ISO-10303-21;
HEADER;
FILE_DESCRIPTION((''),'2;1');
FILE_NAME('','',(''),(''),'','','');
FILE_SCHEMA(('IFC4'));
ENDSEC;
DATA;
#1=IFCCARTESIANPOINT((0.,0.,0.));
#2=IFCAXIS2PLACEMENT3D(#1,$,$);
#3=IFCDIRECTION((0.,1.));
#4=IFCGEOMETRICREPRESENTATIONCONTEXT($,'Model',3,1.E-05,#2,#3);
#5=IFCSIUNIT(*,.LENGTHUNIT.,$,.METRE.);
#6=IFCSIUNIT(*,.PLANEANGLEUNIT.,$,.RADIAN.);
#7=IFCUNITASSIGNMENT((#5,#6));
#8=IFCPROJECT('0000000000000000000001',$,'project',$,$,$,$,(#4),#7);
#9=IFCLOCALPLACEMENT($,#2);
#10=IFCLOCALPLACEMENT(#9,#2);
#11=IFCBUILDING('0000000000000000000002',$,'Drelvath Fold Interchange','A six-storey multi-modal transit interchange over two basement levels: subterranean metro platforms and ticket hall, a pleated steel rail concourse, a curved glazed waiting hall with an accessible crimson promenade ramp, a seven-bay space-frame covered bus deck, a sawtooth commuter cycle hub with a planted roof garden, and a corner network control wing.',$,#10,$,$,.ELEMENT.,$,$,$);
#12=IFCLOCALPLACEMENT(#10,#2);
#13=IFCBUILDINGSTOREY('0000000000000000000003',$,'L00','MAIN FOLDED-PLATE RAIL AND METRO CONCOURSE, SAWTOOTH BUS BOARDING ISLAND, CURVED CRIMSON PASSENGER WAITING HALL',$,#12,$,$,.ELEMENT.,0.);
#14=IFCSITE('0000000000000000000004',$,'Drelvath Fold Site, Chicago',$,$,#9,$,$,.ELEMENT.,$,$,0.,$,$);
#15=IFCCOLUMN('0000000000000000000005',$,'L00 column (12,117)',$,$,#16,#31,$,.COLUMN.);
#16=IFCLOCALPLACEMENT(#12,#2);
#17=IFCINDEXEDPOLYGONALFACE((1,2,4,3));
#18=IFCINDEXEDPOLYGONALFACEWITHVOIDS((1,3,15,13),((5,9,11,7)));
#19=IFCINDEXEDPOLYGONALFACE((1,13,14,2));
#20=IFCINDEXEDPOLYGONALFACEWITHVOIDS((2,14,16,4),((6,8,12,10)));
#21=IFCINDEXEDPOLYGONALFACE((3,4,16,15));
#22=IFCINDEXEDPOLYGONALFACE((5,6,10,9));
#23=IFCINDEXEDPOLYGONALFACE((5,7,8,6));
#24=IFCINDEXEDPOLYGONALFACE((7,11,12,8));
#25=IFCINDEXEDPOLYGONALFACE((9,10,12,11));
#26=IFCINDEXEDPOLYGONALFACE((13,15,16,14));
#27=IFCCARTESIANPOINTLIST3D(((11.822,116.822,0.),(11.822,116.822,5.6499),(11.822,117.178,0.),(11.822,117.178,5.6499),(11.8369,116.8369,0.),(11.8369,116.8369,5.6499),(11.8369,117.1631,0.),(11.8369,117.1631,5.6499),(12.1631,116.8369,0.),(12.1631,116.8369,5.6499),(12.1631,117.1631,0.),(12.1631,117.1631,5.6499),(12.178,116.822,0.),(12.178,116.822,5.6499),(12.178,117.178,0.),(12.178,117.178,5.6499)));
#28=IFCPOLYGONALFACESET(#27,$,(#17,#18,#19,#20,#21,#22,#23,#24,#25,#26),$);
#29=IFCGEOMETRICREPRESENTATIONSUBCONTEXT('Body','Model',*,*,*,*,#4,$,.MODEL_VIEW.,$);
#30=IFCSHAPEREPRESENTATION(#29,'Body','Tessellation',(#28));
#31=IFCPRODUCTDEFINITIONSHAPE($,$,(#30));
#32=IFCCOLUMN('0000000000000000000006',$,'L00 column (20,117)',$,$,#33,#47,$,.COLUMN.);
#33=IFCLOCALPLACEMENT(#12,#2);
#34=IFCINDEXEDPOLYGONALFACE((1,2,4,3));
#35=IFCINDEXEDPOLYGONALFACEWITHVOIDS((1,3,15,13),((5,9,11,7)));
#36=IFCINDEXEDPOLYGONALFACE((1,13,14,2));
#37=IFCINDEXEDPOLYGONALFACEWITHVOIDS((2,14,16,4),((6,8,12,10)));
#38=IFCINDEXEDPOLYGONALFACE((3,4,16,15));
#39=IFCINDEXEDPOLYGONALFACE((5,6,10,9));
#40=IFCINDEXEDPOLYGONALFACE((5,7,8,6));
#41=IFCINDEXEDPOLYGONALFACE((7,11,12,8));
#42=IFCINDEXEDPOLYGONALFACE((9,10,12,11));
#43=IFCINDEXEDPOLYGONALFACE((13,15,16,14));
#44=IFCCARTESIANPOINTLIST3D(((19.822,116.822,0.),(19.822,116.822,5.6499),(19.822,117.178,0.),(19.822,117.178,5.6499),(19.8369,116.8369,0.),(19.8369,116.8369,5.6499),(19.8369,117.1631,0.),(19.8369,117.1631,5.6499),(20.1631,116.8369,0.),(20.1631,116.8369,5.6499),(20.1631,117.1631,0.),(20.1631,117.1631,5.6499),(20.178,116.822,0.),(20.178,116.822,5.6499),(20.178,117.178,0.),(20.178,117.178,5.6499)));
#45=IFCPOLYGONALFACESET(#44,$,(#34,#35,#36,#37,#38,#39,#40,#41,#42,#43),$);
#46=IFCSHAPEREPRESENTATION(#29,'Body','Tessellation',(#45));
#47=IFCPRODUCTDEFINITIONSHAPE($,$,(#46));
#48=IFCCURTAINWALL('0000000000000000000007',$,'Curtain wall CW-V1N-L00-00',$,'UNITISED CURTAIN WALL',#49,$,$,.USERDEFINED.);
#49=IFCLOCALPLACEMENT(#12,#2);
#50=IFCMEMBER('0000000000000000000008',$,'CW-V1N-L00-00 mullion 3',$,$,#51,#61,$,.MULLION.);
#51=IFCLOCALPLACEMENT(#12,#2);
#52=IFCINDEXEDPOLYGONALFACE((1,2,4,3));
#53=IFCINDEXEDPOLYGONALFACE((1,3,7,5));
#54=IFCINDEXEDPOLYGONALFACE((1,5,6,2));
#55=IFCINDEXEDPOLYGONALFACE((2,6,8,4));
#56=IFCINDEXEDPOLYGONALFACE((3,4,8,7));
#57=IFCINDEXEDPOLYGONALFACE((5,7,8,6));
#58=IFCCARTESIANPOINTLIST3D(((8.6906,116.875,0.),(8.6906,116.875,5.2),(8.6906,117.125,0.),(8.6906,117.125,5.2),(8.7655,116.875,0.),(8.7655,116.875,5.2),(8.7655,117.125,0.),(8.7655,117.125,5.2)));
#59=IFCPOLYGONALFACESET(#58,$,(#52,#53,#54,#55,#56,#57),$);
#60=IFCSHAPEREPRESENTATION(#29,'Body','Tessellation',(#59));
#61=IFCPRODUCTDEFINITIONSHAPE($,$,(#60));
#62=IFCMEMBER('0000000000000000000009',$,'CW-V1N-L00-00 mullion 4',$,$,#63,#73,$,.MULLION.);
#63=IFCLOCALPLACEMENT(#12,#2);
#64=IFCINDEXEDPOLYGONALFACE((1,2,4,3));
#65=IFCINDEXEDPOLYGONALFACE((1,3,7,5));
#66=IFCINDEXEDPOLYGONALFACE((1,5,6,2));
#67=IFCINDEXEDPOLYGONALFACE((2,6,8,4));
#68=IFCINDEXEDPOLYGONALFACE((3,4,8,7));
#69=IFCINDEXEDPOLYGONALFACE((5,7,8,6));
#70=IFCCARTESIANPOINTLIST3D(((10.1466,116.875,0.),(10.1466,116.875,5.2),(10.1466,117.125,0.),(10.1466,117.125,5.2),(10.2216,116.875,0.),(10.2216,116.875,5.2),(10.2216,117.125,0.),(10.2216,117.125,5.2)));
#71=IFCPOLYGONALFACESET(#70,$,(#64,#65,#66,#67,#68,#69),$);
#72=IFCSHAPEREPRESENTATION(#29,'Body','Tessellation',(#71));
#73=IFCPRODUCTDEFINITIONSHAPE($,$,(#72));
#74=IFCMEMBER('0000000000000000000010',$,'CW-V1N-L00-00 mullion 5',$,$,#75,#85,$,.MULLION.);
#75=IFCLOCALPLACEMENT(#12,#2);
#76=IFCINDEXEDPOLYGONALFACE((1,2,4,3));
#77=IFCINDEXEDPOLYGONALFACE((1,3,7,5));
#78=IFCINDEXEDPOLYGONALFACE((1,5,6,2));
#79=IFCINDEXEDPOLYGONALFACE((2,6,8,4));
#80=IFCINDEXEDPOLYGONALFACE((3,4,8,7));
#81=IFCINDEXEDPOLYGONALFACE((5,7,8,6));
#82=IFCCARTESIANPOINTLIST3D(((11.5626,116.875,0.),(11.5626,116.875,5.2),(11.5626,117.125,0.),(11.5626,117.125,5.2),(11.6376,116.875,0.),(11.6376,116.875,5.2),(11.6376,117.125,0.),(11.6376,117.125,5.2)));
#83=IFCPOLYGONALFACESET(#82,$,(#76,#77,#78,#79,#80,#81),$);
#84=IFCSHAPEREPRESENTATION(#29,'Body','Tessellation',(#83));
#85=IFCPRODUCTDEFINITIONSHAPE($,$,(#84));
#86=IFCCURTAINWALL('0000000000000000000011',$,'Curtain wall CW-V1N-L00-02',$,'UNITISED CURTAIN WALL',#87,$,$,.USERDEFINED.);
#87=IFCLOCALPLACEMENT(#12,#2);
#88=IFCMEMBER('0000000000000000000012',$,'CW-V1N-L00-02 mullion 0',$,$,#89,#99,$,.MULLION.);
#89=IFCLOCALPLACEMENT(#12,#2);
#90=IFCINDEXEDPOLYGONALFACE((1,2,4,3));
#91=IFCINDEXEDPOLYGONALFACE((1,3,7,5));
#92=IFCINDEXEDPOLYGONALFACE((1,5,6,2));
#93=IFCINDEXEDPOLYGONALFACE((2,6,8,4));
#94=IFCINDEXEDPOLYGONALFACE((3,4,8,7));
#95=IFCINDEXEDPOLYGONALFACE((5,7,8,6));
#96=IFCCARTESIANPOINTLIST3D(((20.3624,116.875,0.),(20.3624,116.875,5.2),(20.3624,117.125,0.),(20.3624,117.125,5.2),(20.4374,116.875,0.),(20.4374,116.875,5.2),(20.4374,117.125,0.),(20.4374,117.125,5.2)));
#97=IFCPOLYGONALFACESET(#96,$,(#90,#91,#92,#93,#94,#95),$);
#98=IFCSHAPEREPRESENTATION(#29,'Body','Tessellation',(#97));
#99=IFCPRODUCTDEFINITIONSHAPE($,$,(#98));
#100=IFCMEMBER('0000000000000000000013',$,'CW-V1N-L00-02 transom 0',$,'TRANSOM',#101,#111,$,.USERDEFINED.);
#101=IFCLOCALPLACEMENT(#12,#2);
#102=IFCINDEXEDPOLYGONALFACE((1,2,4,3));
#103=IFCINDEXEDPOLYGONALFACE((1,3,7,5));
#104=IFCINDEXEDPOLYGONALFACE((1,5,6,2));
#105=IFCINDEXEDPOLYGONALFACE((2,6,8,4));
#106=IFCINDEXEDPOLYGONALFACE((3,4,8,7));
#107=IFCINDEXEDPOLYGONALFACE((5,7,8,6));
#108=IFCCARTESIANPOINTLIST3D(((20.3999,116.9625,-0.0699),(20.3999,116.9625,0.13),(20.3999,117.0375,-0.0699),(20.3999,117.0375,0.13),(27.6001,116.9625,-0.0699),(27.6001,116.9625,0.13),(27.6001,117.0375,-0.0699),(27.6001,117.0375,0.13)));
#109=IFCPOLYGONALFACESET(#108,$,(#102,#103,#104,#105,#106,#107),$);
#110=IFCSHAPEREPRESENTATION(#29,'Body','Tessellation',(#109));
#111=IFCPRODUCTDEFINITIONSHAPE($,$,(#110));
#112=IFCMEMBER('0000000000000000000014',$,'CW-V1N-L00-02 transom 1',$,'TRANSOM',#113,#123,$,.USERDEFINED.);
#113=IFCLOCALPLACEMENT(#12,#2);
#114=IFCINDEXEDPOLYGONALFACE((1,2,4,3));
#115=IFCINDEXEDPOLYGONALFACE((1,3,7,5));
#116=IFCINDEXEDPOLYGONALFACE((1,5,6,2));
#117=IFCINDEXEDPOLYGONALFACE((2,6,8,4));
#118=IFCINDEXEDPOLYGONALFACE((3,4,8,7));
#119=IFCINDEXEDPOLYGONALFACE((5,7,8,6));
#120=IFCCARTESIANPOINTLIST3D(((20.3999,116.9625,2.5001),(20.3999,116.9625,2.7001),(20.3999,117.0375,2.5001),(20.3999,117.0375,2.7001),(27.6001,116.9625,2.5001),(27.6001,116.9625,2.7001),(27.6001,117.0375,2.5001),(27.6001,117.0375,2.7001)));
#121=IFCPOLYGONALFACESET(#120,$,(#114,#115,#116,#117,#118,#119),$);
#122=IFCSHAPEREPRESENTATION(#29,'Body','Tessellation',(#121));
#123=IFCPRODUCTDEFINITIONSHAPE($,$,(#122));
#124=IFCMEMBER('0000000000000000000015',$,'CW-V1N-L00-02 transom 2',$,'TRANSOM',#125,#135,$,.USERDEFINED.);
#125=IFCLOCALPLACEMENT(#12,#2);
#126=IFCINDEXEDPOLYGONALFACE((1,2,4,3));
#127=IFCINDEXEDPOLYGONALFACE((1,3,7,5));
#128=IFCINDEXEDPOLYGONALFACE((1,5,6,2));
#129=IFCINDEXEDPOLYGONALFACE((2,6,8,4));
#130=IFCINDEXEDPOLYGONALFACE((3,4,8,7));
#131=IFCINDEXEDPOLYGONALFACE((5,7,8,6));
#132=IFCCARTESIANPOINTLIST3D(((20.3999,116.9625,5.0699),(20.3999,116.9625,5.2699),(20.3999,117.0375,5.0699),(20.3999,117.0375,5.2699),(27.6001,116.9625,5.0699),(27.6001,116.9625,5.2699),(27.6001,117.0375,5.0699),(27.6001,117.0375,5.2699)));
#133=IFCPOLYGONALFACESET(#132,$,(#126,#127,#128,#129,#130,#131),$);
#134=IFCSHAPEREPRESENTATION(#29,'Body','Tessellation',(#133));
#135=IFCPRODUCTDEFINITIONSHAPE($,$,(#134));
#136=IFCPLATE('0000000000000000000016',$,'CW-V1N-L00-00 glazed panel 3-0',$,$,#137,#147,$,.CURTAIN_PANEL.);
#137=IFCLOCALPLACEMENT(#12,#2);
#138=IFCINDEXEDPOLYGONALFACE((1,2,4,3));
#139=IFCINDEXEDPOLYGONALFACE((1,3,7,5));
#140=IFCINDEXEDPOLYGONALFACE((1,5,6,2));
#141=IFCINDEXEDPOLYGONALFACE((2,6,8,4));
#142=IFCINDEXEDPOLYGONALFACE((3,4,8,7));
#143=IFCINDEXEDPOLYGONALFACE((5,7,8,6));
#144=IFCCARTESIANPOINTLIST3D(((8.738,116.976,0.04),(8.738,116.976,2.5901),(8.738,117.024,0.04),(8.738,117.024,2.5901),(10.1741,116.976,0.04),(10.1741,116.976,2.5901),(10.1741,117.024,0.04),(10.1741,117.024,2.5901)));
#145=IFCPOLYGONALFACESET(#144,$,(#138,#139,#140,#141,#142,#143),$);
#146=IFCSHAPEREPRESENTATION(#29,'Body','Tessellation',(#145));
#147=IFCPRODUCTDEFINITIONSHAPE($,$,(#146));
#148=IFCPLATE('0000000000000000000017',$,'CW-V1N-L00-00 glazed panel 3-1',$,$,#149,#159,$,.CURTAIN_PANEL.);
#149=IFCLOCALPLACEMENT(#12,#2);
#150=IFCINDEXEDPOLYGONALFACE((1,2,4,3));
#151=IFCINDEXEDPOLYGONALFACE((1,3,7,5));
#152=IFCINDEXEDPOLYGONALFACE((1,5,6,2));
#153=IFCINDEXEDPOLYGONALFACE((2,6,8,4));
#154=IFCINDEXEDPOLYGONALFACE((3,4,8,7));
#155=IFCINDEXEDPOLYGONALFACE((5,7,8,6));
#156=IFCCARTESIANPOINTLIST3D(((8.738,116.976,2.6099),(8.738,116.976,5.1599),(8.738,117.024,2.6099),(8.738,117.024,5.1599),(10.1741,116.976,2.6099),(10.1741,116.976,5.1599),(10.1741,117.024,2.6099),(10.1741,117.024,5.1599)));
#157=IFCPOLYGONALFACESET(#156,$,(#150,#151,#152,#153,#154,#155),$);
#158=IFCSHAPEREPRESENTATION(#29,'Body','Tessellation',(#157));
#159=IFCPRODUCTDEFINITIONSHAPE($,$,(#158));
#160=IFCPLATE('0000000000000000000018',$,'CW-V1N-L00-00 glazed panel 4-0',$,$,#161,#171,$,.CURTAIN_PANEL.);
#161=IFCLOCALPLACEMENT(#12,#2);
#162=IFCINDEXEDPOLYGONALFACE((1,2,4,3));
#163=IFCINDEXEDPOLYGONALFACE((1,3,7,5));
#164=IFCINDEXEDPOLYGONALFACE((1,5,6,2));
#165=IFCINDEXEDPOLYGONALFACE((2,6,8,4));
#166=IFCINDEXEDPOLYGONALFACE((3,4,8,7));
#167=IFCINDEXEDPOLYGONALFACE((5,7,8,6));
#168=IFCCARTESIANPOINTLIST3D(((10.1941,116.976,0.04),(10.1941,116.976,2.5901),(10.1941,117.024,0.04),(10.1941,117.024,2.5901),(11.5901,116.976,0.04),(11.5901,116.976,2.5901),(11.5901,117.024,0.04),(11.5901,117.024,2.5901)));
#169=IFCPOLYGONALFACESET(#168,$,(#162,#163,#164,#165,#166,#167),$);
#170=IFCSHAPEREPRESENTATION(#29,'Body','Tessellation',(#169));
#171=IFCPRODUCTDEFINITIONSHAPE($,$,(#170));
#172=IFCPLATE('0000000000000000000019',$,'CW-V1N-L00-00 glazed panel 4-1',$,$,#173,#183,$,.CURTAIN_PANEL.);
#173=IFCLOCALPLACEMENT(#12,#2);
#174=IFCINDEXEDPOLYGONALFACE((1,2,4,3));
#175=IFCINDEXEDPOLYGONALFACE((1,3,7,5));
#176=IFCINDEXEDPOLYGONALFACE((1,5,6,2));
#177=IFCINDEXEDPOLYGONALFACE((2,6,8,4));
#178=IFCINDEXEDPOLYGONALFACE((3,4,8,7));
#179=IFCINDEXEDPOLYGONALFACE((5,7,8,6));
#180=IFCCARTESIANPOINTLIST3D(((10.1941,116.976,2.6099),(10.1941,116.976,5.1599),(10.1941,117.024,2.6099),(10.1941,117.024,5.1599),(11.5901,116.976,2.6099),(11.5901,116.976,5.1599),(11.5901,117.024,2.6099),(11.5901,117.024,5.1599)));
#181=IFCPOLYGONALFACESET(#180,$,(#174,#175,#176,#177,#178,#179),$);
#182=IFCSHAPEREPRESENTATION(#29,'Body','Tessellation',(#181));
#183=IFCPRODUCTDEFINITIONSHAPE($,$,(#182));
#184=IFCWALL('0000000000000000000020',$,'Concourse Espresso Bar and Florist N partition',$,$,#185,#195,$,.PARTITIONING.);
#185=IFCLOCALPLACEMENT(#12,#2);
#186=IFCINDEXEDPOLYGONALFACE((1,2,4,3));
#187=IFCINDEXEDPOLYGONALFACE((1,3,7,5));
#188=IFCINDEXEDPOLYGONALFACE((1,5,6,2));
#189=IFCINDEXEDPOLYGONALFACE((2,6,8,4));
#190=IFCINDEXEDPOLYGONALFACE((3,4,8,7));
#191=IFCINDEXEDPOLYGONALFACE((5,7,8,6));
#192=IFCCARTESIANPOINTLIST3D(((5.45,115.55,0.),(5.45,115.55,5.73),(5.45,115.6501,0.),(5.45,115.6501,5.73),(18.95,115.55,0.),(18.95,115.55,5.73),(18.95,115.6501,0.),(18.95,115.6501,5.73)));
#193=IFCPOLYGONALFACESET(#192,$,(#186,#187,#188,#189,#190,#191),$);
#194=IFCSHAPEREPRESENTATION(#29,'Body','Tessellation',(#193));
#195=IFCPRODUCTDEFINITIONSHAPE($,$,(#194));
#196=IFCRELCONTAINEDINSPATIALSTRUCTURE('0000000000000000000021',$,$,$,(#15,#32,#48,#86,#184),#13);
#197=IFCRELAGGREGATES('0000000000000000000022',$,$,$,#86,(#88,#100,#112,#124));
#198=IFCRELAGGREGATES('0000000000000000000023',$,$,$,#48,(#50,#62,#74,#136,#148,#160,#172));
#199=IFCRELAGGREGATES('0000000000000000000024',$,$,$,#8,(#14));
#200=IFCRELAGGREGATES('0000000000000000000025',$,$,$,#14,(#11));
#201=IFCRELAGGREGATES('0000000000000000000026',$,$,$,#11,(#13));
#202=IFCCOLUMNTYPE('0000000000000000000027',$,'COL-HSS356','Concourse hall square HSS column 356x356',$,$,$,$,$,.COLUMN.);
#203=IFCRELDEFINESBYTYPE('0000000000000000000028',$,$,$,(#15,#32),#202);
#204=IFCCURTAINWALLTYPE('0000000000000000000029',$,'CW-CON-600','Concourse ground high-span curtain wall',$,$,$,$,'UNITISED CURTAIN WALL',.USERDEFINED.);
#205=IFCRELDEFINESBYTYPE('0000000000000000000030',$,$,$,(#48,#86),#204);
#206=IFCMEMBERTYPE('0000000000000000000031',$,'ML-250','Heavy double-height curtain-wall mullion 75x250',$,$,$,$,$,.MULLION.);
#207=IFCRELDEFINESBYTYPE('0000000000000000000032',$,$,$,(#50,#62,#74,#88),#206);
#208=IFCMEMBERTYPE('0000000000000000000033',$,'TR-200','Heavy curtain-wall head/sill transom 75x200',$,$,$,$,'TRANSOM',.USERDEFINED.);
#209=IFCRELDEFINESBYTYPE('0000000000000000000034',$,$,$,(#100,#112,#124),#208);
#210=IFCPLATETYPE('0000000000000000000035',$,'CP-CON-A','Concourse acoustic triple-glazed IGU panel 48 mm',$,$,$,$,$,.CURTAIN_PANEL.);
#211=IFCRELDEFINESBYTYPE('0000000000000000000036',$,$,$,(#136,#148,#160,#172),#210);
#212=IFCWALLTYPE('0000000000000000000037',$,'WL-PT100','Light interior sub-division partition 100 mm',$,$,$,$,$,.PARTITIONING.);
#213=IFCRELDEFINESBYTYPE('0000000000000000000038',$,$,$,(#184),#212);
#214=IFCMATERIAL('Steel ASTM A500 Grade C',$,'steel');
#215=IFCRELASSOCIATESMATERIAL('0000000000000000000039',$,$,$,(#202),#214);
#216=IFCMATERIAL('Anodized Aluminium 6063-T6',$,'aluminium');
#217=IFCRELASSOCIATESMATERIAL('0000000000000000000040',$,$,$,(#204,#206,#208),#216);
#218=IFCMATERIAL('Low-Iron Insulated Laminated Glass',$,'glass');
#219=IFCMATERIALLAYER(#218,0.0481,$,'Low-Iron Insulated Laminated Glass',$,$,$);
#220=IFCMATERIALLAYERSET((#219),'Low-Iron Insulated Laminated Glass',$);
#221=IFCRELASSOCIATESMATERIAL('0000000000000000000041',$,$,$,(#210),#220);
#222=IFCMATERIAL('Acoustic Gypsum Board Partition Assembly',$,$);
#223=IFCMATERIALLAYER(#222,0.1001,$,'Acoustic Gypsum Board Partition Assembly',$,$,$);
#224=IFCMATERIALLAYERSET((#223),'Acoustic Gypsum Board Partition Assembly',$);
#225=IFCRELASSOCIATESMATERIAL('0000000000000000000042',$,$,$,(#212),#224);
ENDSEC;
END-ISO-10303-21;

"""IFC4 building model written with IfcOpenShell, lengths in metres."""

from ifc_helpers import new_model, si_unit, direction, frame, frame_2d, origin, origin_2d, place, context, subcontext, project, spatial, rectangle, hollow_rectangle, extrude, material, layer, layer_set, material_profile, profile_set, type_object, element, aggregate, save


model = new_model("IFC4")

# Units and contexts
model_context = context("Model", 3, precision=1e-05, world=origin(), true_north=direction((0.0, 1.0)))
body_context = subcontext(model_context, "Body", "Model", "MODEL_VIEW")
ifc_project = project(units=[si_unit("LENGTHUNIT", "METRE"), si_unit("PLANEANGLEUNIT", "RADIAN")], contexts=[model_context])

# Site, building, storey
site_placement = place(None, origin())
site = spatial("IfcSite", under=ifc_project, at=site_placement, Name="Drelvath Fold Site, Chicago", CompositionType="ELEMENT", RefElevation=0.0)
building_placement = place(site_placement, origin())
building = spatial("IfcBuilding", under=site, at=building_placement, Name="Drelvath Fold Interchange", Description="A six-storey multi-modal transit interchange over two basement levels: subterranean metro platforms and ticket hall, a pleated steel rail concourse, a curved glazed waiting hall with an accessible crimson promenade ramp, a seven-bay space-frame covered bus deck, a sawtooth commuter cycle hub with a planted roof garden, and a corner network control wing.", CompositionType="ELEMENT")
storey_placement = place(building_placement, origin())
storey = spatial("IfcBuildingStorey", under=building, at=storey_placement, Name="L00", Description="MAIN FOLDED-PLATE RAIL AND METRO CONCOURSE, SAWTOOTH BUS BOARDING ISLAND, CURVED CRIMSON PASSENGER WAITING HALL", CompositionType="ELEMENT", Elevation=0.0)

# Columns
ifc_material_1 = material(Name="Steel ASTM A500 Grade C", Category="steel")
ifc_material_profile_1 = material_profile(ifc_material_1, hollow_rectangle(XDim=0.356, YDim=0.356, WallThickness=0.0149, at=origin_2d()), Name="HSS14X14X5/8")
ifc_profile_set_1 = profile_set([ifc_material_profile_1], Name="Steel ASTM A500 Grade C")
column_type = type_object("IfcColumnType", Name="COL-HSS356", Description="Concourse hall square HSS column 356x356", PredefinedType="COLUMN", material=ifc_profile_set_1)
for number, where, z_axis, x_axis, name in (
    (1, (12.0, 117.0, 0.0), (0.0, 0.0, 1.0), (1.0, 0.0, 0.0), "L00 column (12,117)"),
    (2, (20.0, 117.0, 0.0), (0.0, 0.0, 1.0), (1.0, 0.0, 0.0), "L00 column (20,117)"),
):
    element("IfcColumn", number, at=place(storey_placement, frame(where, z_axis=z_axis, x_axis=x_axis)), inside=storey, type_object=column_type, Name=name, PredefinedType="COLUMN", context=body_context, shape_type="SweptSolid", body=[
        extrude(hollow_rectangle(XDim=0.356, YDim=0.356, WallThickness=0.0149, at=origin_2d()), origin(), (0.0, 0.0, 1.0), 5.6499),
    ])

# Curtain walls, members
ifc_material_2 = material(Name="Anodized Aluminium 6063-T6", Category="aluminium")
curtain_wall_type = type_object("IfcCurtainWallType", Name="CW-CON-600", Description="Concourse ground high-span curtain wall", ElementType="UNITISED CURTAIN WALL", PredefinedType="USERDEFINED", material=ifc_material_2)
curtain_wall_1_placement = place(storey_placement, origin())
curtain_wall_1 = element("IfcCurtainWall", 3, at=curtain_wall_1_placement, inside=storey, type_object=curtain_wall_type, Name="Curtain wall CW-V1N-L00-00", ObjectType="UNITISED CURTAIN WALL", PredefinedType="USERDEFINED")
ifc_material_profile_2 = material_profile(ifc_material_2, rectangle(XDim=0.075, YDim=0.25, at=origin_2d()), Name="AL-M 75x250")
ifc_profile_set_2 = profile_set([ifc_material_profile_2], Name="Anodized Aluminium 6063-T6")
member_type_1 = type_object("IfcMemberType", Name="ML-250", Description="Heavy double-height curtain-wall mullion 75x250", PredefinedType="MULLION", material=ifc_profile_set_2)
member_1_placement = place(storey_placement, frame((8.728, 117.0, 0.0), z_axis=(0.0, 0.0, 1.0), x_axis=(1.0, 0.0, 0.0)))
member_1 = element("IfcMember", 4, at=member_1_placement, type_object=member_type_1, Name="CW-V1N-L00-00 mullion 3", PredefinedType="MULLION", context=body_context, shape_type="SweptSolid", body=[
    extrude(rectangle(XDim=0.075, YDim=0.25, at=origin_2d()), origin(), (0.0, 0.0, 1.0), 5.2),
])
member_2_placement = place(storey_placement, frame((10.1841, 117.0, 0.0), z_axis=(0.0, 0.0, 1.0), x_axis=(1.0, 0.0, 0.0)))
member_2 = element("IfcMember", 5, at=member_2_placement, type_object=member_type_1, Name="CW-V1N-L00-00 mullion 4", PredefinedType="MULLION", context=body_context, shape_type="SweptSolid", body=[
    extrude(rectangle(XDim=0.075, YDim=0.25, at=origin_2d()), origin(), (0.0, 0.0, 1.0), 5.2),
])
member_3_placement = place(storey_placement, frame((11.6001, 117.0, 0.0), z_axis=(0.0, 0.0, 1.0), x_axis=(1.0, 0.0, 0.0)))
member_3 = element("IfcMember", 6, at=member_3_placement, type_object=member_type_1, Name="CW-V1N-L00-00 mullion 5", PredefinedType="MULLION", context=body_context, shape_type="SweptSolid", body=[
    extrude(rectangle(XDim=0.075, YDim=0.25, at=origin_2d()), origin(), (0.0, 0.0, 1.0), 5.2),
])
curtain_wall_2_placement = place(storey_placement, origin())
curtain_wall_2 = element("IfcCurtainWall", 7, at=curtain_wall_2_placement, inside=storey, type_object=curtain_wall_type, Name="Curtain wall CW-V1N-L00-02", ObjectType="UNITISED CURTAIN WALL", PredefinedType="USERDEFINED")
member_4_placement = place(storey_placement, frame((20.3999, 117.0, 0.0), z_axis=(0.0, 0.0, 1.0), x_axis=(1.0, 0.0, 0.0)))
member_4 = element("IfcMember", 8, at=member_4_placement, type_object=member_type_1, Name="CW-V1N-L00-02 mullion 0", PredefinedType="MULLION", context=body_context, shape_type="SweptSolid", body=[
    extrude(rectangle(XDim=0.075, YDim=0.25, at=origin_2d()), origin(), (0.0, 0.0, 1.0), 5.2),
])
ifc_material_profile_3 = material_profile(ifc_material_2, rectangle(XDim=0.075, YDim=0.2, at=origin_2d()), Name="AL-T 75x200")
ifc_profile_set_3 = profile_set([ifc_material_profile_3], Name="Anodized Aluminium 6063-T6")
member_type_2 = type_object("IfcMemberType", Name="TR-200", Description="Heavy curtain-wall head/sill transom 75x200", ElementType="TRANSOM", PredefinedType="USERDEFINED", material=ifc_profile_set_3)
member_5_placement = place(storey_placement, frame((20.3999, 117.0, 0.03), z_axis=(1.0, 0.0, 0.0), x_axis=(0.0, 1.0, 0.0)))
member_5 = element("IfcMember", 9, at=member_5_placement, type_object=member_type_2, Name="CW-V1N-L00-02 transom 0", ObjectType="TRANSOM", PredefinedType="USERDEFINED", context=body_context, shape_type="SweptSolid", body=[
    extrude(rectangle(XDim=0.075, YDim=0.2, at=origin_2d()), origin(), (0.0, 0.0, 1.0), 7.2002),
])
member_6_placement = place(storey_placement, frame((20.3999, 117.0, 2.6001), z_axis=(1.0, 0.0, 0.0), x_axis=(0.0, 1.0, 0.0)))
member_6 = element("IfcMember", 10, at=member_6_placement, type_object=member_type_2, Name="CW-V1N-L00-02 transom 1", ObjectType="TRANSOM", PredefinedType="USERDEFINED", context=body_context, shape_type="SweptSolid", body=[
    extrude(rectangle(XDim=0.075, YDim=0.2, at=origin_2d()), origin(), (0.0, 0.0, 1.0), 7.2002),
])
member_7_placement = place(storey_placement, frame((20.3999, 117.0, 5.1699), z_axis=(1.0, 0.0, 0.0), x_axis=(0.0, 1.0, 0.0)))
member_7 = element("IfcMember", 11, at=member_7_placement, type_object=member_type_2, Name="CW-V1N-L00-02 transom 2", ObjectType="TRANSOM", PredefinedType="USERDEFINED", context=body_context, shape_type="SweptSolid", body=[
    extrude(rectangle(XDim=0.075, YDim=0.2, at=origin_2d()), origin(), (0.0, 0.0, 1.0), 7.2002),
])
aggregate(curtain_wall_2, [member_4, member_5, member_6, member_7])

# Plates
ifc_material_3 = material(Name="Low-Iron Insulated Laminated Glass", Category="glass")
ifc_layer_1 = layer(ifc_material_3, 0.0481, Name="Low-Iron Insulated Laminated Glass")
ifc_layer_set_1 = layer_set([ifc_layer_1], Name="Low-Iron Insulated Laminated Glass")
plate_type = type_object("IfcPlateType", Name="CP-CON-A", Description="Concourse acoustic triple-glazed IGU panel 48 mm", PredefinedType="CURTAIN_PANEL", material=ifc_layer_set_1)
plate_1_placement = place(storey_placement, frame((9.4561, 117.0, 0.04), z_axis=(0.0, 0.0, 1.0), x_axis=(1.0, 0.0, 0.0)))
plate_1 = element("IfcPlate", 12, at=plate_1_placement, type_object=plate_type, Name="CW-V1N-L00-00 glazed panel 3-0", PredefinedType="CURTAIN_PANEL", context=body_context, shape_type="SweptSolid", body=[
    extrude(rectangle(XDim=1.436, YDim=0.0481, at=origin_2d()), origin(), (0.0, 0.0, 1.0), 2.55),
])
plate_2_placement = place(storey_placement, frame((9.4561, 117.0, 2.6099), z_axis=(0.0, 0.0, 1.0), x_axis=(1.0, 0.0, 0.0)))
plate_2 = element("IfcPlate", 13, at=plate_2_placement, type_object=plate_type, Name="CW-V1N-L00-00 glazed panel 3-1", PredefinedType="CURTAIN_PANEL", context=body_context, shape_type="SweptSolid", body=[
    extrude(rectangle(XDim=1.436, YDim=0.0481, at=origin_2d()), origin(), (0.0, 0.0, 1.0), 2.55),
])
plate_3_placement = place(storey_placement, frame((10.8921, 117.0, 0.04), z_axis=(0.0, 0.0, 1.0), x_axis=(1.0, 0.0, 0.0)))
plate_3 = element("IfcPlate", 14, at=plate_3_placement, type_object=plate_type, Name="CW-V1N-L00-00 glazed panel 4-0", PredefinedType="CURTAIN_PANEL", context=body_context, shape_type="SweptSolid", body=[
    extrude(rectangle(XDim=1.396, YDim=0.0481, at=origin_2d()), origin(), (0.0, 0.0, 1.0), 2.55),
])
plate_4_placement = place(storey_placement, frame((10.8921, 117.0, 2.6099), z_axis=(0.0, 0.0, 1.0), x_axis=(1.0, 0.0, 0.0)))
plate_4 = element("IfcPlate", 15, at=plate_4_placement, type_object=plate_type, Name="CW-V1N-L00-00 glazed panel 4-1", PredefinedType="CURTAIN_PANEL", context=body_context, shape_type="SweptSolid", body=[
    extrude(rectangle(XDim=1.396, YDim=0.0481, at=origin_2d()), origin(), (0.0, 0.0, 1.0), 2.55),
])
aggregate(curtain_wall_1, [member_1, member_2, member_3, plate_1, plate_2, plate_3, plate_4])

# Wall
ifc_material_4 = material(Name="Acoustic Gypsum Board Partition Assembly")
ifc_layer_2 = layer(ifc_material_4, 0.1001, Name="Acoustic Gypsum Board Partition Assembly")
ifc_layer_set_2 = layer_set([ifc_layer_2], Name="Acoustic Gypsum Board Partition Assembly")
wall_type_1 = type_object("IfcWallType", Name="WL-PT100", Description="Light interior sub-division partition 100 mm", PredefinedType="PARTITIONING", material=ifc_layer_set_2)
wall_1_placement = place(storey_placement, frame((18.95, 115.6001, 0.0), z_axis=(0.0, 0.0, 1.0), x_axis=(-1.0, 0.0, 0.0)))
element("IfcWall", 16, at=wall_1_placement, inside=storey, type_object=wall_type_1, Name="Concourse Espresso Bar and Florist N partition", PredefinedType="PARTITIONING", context=body_context, shape_type="SweptSolid", body=[
    extrude(rectangle(XDim=13.5, YDim=0.1001, at=frame_2d((6.75, 0.0))), origin(), (0.0, 0.0, 1.0), 5.73),
])

save(model, "model.ifc")
